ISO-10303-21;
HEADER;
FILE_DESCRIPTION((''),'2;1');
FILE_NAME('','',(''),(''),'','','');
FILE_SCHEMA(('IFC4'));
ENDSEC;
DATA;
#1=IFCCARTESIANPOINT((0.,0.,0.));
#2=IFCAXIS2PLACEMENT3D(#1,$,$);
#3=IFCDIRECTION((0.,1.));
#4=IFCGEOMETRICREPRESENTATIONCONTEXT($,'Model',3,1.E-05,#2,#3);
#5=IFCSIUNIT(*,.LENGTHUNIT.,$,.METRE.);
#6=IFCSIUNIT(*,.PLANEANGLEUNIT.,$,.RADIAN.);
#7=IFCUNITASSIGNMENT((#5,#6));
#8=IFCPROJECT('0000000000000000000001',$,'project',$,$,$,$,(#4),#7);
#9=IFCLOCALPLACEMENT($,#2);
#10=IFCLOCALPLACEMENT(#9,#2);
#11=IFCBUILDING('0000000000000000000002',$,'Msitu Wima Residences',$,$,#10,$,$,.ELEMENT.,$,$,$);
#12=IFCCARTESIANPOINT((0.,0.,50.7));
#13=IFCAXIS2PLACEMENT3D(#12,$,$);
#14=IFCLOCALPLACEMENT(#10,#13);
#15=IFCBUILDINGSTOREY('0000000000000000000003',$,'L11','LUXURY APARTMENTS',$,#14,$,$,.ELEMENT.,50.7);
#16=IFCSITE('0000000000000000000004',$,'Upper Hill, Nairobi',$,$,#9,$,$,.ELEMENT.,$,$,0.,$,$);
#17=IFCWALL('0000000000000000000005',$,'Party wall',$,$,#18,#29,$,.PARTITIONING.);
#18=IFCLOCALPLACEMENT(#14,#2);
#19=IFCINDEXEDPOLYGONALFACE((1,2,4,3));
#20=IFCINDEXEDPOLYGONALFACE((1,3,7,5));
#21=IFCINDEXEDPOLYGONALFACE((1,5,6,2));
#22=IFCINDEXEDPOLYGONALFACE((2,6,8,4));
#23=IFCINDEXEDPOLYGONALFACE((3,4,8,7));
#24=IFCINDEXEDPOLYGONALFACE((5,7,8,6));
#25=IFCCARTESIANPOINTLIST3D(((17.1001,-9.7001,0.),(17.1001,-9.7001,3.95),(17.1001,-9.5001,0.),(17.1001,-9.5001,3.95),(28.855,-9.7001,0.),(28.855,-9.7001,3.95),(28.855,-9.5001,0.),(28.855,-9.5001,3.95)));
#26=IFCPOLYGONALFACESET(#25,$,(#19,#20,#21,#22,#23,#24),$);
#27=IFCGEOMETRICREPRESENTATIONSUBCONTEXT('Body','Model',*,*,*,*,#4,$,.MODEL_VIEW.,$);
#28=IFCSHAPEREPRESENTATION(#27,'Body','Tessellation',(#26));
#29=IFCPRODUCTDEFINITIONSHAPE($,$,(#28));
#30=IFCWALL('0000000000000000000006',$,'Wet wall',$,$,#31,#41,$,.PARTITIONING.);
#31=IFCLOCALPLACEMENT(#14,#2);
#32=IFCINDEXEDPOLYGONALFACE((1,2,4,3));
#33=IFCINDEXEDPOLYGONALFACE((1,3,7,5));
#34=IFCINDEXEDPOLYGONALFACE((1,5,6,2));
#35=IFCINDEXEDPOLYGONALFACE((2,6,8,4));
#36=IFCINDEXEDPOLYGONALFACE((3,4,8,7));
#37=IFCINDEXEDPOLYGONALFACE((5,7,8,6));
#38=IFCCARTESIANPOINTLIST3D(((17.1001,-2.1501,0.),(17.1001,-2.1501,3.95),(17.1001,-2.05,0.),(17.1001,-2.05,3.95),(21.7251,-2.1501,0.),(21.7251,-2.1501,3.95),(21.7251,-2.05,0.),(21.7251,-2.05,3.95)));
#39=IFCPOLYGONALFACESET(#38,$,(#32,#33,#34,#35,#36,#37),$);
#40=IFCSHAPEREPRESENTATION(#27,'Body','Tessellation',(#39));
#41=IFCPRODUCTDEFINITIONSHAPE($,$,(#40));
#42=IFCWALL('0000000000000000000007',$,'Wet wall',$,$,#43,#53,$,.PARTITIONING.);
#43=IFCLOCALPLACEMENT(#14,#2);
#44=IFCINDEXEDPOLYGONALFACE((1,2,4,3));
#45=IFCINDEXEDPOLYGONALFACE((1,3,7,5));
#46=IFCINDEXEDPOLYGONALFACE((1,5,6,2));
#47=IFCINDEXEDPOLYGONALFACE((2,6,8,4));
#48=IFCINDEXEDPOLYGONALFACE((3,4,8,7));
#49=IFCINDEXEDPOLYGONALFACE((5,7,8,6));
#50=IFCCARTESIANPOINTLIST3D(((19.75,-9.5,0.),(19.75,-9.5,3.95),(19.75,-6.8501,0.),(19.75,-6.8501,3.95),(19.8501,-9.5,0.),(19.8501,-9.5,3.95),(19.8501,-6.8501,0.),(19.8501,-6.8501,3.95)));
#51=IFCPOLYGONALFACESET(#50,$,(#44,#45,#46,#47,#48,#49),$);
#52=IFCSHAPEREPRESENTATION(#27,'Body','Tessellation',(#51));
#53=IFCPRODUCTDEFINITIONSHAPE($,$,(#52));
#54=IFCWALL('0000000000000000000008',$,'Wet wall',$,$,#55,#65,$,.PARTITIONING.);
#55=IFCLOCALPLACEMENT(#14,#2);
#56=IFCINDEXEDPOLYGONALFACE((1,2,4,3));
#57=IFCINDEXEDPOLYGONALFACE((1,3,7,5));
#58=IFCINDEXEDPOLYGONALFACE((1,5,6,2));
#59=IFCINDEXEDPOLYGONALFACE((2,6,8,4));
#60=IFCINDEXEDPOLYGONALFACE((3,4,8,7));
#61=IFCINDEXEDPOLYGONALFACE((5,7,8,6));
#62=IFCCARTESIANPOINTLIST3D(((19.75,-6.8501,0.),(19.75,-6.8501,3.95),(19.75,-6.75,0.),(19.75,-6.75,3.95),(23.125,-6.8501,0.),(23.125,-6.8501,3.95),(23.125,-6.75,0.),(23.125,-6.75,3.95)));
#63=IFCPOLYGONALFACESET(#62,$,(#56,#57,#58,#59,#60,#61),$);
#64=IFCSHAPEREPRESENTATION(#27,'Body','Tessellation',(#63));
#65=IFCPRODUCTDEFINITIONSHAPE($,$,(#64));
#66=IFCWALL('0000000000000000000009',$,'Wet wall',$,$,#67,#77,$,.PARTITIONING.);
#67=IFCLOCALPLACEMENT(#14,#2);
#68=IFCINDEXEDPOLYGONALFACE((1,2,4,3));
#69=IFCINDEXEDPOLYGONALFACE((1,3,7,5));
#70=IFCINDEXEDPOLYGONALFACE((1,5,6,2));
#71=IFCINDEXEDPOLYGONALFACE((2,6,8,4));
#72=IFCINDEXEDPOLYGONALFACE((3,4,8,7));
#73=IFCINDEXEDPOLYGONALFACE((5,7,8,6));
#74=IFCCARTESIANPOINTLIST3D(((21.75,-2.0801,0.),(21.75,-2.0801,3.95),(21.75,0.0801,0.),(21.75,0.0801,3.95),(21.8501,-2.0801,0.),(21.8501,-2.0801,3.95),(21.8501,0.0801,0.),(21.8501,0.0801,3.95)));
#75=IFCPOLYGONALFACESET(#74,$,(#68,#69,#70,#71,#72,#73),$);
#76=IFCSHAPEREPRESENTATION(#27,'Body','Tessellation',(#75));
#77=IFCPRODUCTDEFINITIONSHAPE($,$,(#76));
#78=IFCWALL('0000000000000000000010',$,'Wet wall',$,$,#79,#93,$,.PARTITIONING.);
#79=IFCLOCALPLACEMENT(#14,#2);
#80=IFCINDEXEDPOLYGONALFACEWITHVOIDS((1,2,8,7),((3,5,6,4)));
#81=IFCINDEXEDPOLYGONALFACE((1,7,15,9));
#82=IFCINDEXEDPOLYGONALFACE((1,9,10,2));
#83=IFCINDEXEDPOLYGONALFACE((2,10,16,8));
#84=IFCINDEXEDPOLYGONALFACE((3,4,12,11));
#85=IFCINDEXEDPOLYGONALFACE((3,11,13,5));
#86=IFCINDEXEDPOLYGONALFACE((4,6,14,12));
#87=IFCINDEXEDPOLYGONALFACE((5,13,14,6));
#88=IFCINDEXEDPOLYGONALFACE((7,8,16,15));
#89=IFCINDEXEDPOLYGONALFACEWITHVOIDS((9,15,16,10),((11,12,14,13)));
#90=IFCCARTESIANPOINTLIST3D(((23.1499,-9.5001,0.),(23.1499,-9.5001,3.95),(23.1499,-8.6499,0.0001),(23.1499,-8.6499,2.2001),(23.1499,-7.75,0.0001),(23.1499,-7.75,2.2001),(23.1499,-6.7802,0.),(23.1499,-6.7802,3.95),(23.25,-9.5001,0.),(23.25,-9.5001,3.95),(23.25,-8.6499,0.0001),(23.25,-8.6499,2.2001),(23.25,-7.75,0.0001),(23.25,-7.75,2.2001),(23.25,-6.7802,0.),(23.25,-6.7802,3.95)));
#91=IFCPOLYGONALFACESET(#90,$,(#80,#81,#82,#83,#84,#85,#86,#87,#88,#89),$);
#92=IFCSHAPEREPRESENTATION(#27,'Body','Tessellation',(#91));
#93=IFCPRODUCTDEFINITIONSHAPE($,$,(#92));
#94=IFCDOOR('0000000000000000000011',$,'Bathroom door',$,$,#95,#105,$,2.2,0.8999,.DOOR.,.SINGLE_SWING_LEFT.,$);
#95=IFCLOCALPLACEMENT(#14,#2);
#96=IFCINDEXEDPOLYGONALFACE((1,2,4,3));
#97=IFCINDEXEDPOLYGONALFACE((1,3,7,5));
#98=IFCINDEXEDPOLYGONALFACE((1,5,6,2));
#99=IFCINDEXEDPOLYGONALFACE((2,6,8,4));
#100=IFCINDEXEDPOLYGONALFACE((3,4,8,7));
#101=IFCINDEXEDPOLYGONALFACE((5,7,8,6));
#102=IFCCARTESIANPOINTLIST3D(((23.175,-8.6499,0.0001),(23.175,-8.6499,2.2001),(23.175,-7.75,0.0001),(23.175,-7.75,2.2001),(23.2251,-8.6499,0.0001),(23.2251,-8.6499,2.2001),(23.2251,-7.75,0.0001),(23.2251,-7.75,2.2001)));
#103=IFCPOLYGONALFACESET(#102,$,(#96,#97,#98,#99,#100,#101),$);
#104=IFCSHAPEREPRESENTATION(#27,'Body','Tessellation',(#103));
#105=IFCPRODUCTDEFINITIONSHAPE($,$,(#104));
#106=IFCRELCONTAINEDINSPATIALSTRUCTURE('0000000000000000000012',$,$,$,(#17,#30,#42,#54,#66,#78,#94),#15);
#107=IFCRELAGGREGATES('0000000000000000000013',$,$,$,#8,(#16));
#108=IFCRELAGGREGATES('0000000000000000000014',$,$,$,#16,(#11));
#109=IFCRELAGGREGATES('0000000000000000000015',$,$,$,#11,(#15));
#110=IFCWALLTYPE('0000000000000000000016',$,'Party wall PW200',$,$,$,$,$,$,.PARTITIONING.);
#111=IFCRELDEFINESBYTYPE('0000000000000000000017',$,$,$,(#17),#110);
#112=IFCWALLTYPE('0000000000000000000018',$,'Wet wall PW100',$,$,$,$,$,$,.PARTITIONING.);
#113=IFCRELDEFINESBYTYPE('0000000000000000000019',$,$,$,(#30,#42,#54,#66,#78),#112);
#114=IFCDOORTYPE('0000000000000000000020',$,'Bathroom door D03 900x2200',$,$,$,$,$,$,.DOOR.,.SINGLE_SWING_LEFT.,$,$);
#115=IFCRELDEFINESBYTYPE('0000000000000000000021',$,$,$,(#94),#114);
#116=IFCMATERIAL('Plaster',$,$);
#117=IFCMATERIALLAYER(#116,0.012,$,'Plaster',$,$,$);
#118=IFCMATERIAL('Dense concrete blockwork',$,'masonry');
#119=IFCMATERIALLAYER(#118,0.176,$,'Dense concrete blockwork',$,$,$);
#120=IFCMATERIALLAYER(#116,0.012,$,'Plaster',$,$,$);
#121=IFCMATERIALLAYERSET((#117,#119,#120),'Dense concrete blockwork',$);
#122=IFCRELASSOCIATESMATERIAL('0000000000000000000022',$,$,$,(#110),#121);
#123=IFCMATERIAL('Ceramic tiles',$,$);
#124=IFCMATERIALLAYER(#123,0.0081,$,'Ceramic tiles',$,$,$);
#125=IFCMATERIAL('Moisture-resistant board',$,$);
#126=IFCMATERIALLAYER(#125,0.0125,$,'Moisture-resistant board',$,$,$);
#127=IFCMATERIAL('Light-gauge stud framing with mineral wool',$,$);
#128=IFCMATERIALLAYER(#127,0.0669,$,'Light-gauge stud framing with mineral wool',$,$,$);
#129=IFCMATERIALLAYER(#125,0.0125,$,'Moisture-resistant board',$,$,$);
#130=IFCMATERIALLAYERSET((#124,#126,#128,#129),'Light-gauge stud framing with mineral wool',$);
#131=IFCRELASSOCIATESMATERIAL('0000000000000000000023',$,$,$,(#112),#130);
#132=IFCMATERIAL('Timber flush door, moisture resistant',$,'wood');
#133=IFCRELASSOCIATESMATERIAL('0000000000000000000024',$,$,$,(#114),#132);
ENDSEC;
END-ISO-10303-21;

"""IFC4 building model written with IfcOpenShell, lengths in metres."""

from ifc_helpers import new_model, si_unit, direction, frame, frame_2d, origin, place, context, subcontext, project, spatial, rectangle, extrude, material, layer, layer_set, type_object, element, fill, save


model = new_model("IFC4")

# Units and contexts
model_context = context("Model", 3, precision=1e-05, world=origin(), true_north=direction((0.0, 1.0)))
body_context = subcontext(model_context, "Body", "Model", "MODEL_VIEW")
ifc_project = project(units=[si_unit("LENGTHUNIT", "METRE"), si_unit("PLANEANGLEUNIT", "RADIAN")], contexts=[model_context])

# Site, building, storey
site_placement = place(None, origin())
site = spatial("IfcSite", under=ifc_project, at=site_placement, Name="Upper Hill, Nairobi", CompositionType="ELEMENT", RefElevation=0.0)
building_placement = place(site_placement, origin())
building = spatial("IfcBuilding", under=site, at=building_placement, Name="Msitu Wima Residences", CompositionType="ELEMENT")
storey_placement = place(building_placement, frame((0.0, 0.0, 50.7)))
storey = spatial("IfcBuildingStorey", under=building, at=storey_placement, Name="L11", Description="LUXURY APARTMENTS", CompositionType="ELEMENT", Elevation=50.7)

# Shared definitions
ifc_material_1 = material(Name="Plaster")

# Walls
ifc_layer_1 = layer(ifc_material_1, 0.012, Name="Plaster")
ifc_material_2 = material(Name="Dense concrete blockwork", Category="masonry")
ifc_layer_2 = layer(ifc_material_2, 0.176, Name="Dense concrete blockwork")
ifc_layer_3 = layer(ifc_material_1, 0.012, Name="Plaster")
ifc_layer_set_1 = layer_set([ifc_layer_1, ifc_layer_2, ifc_layer_3], Name="Dense concrete blockwork")
wall_type_1 = type_object("IfcWallType", Name="Party wall PW200", PredefinedType="PARTITIONING", material=ifc_layer_set_1)
wall_1_placement = place(storey_placement, frame((17.1001, -9.6001, 0.0), z_axis=(0.0, 0.0, 1.0), x_axis=(1.0, 0.0, 0.0)))
element("IfcWall", 1, at=wall_1_placement, inside=storey, type_object=wall_type_1, Name="Party wall", PredefinedType="PARTITIONING", context=body_context, shape_type="SweptSolid", body=[
    extrude(rectangle(XDim=11.7549, YDim=0.2, at=frame_2d((5.8774, 0.0))), origin(), (0.0, 0.0, 1.0), 3.95),
])
ifc_material_3 = material(Name="Ceramic tiles")
ifc_layer_4 = layer(ifc_material_3, 0.0081, Name="Ceramic tiles")
ifc_material_4 = material(Name="Moisture-resistant board")
ifc_layer_5 = layer(ifc_material_4, 0.0125, Name="Moisture-resistant board")
ifc_material_5 = material(Name="Light-gauge stud framing with mineral wool")
ifc_layer_6 = layer(ifc_material_5, 0.0669, Name="Light-gauge stud framing with mineral wool")
ifc_layer_7 = layer(ifc_material_4, 0.0125, Name="Moisture-resistant board")
ifc_layer_set_2 = layer_set([ifc_layer_4, ifc_layer_5, ifc_layer_6, ifc_layer_7], Name="Light-gauge stud framing with mineral wool")
wall_type_2 = type_object("IfcWallType", Name="Wet wall PW100", PredefinedType="PARTITIONING", material=ifc_layer_set_2)
wall_2_placement = place(storey_placement, frame((17.1001, -2.1001, 0.0), z_axis=(0.0, 0.0, 1.0), x_axis=(1.0, 0.0, 0.0)))
element("IfcWall", 2, at=wall_2_placement, inside=storey, type_object=wall_type_2, Name="Wet wall", PredefinedType="PARTITIONING", context=body_context, shape_type="SweptSolid", body=[
    extrude(rectangle(XDim=4.625, YDim=0.1001, at=frame_2d((2.3125, 0.0))), origin(), (0.0, 0.0, 1.0), 3.95),
])
wall_3_placement = place(storey_placement, frame((19.8, -9.5, 0.0), z_axis=(0.0, 0.0, 1.0), x_axis=(0.0, 1.0, 0.0)))
element("IfcWall", 3, at=wall_3_placement, inside=storey, type_object=wall_type_2, Name="Wet wall", PredefinedType="PARTITIONING", context=body_context, shape_type="SweptSolid", body=[
    extrude(rectangle(XDim=2.6499, YDim=0.1001, at=frame_2d((1.325, 0.0))), origin(), (0.0, 0.0, 1.0), 3.95),
])
wall_4_placement = place(storey_placement, frame((19.75, -6.8, 0.0), z_axis=(0.0, 0.0, 1.0), x_axis=(1.0, 0.0, 0.0)))
element("IfcWall", 4, at=wall_4_placement, inside=storey, type_object=wall_type_2, Name="Wet wall", PredefinedType="PARTITIONING", context=body_context, shape_type="SweptSolid", body=[
    extrude(rectangle(XDim=3.375, YDim=0.1001, at=frame_2d((1.6875, 0.0))), origin(), (0.0, 0.0, 1.0), 3.95),
])
wall_5_placement = place(storey_placement, frame((21.8, -2.0801, 0.0), z_axis=(0.0, 0.0, 1.0), x_axis=(0.0, 1.0, 0.0)))
element("IfcWall", 5, at=wall_5_placement, inside=storey, type_object=wall_type_2, Name="Wet wall", PredefinedType="PARTITIONING", context=body_context, shape_type="SweptSolid", body=[
    extrude(rectangle(XDim=2.1602, YDim=0.1001, at=frame_2d((1.0801, 0.0))), origin(), (0.0, 0.0, 1.0), 3.95),
])

# Wall, opening, door
wall_6_placement = place(storey_placement, frame((23.2, -9.5, 0.0), z_axis=(0.0, 0.0, 1.0), x_axis=(0.0, 1.0, 0.0)))
wall_6 = element("IfcWall", 6, at=wall_6_placement, inside=storey, type_object=wall_type_2, Name="Wet wall", PredefinedType="PARTITIONING", context=body_context, shape_type="SweptSolid", body=[
    extrude(rectangle(XDim=2.72, YDim=0.1001, at=frame_2d((1.3599, 0.0))), origin(), (0.0, 0.0, 1.0), 3.95),
])
opening_1_placement = place(wall_6_placement, frame((0.8501, 0.0, 0.0)))
opening_1 = element("IfcOpeningElement", 7, at=opening_1_placement, cuts=wall_6, PredefinedType="OPENING", context=body_context, shape_type="SweptSolid", body=[
    extrude(rectangle(XDim=0.8999, YDim=2.2, at=frame_2d((0.45, 1.1001))), frame((0.0, 0.0601, 0.0), z_axis=(0.0, -1.0, 0.0), x_axis=(1.0, 0.0, 0.0)), (0.0, 0.0, 1.0), 0.1201),
])
ifc_material_6 = material(Name="Timber flush door, moisture resistant", Category="wood")
door_type_1 = type_object("IfcDoorType", Name="Bathroom door D03 900x2200", OperationType="SINGLE_SWING_LEFT", PredefinedType="DOOR", material=ifc_material_6)
door_1_placement = place(opening_1_placement, origin())
door_1 = element("IfcDoor", 8, at=door_1_placement, inside=storey, type_object=door_type_1, Name="Bathroom door", OperationType="SINGLE_SWING_LEFT", OverallHeight=2.2, OverallWidth=0.8999, PredefinedType="DOOR", context=body_context, shape_type="SweptSolid", body=[
    extrude(rectangle(XDim=0.8999, YDim=2.2, at=frame_2d((0.45, 1.1001))), frame((0.0, 0.0249, 0.0), z_axis=(0.0, -1.0, 0.0), x_axis=(1.0, 0.0, 0.0)), (0.0, 0.0, 1.0), 0.05),
])
fill(opening_1, door_1)

save(model, "model.ifc")
